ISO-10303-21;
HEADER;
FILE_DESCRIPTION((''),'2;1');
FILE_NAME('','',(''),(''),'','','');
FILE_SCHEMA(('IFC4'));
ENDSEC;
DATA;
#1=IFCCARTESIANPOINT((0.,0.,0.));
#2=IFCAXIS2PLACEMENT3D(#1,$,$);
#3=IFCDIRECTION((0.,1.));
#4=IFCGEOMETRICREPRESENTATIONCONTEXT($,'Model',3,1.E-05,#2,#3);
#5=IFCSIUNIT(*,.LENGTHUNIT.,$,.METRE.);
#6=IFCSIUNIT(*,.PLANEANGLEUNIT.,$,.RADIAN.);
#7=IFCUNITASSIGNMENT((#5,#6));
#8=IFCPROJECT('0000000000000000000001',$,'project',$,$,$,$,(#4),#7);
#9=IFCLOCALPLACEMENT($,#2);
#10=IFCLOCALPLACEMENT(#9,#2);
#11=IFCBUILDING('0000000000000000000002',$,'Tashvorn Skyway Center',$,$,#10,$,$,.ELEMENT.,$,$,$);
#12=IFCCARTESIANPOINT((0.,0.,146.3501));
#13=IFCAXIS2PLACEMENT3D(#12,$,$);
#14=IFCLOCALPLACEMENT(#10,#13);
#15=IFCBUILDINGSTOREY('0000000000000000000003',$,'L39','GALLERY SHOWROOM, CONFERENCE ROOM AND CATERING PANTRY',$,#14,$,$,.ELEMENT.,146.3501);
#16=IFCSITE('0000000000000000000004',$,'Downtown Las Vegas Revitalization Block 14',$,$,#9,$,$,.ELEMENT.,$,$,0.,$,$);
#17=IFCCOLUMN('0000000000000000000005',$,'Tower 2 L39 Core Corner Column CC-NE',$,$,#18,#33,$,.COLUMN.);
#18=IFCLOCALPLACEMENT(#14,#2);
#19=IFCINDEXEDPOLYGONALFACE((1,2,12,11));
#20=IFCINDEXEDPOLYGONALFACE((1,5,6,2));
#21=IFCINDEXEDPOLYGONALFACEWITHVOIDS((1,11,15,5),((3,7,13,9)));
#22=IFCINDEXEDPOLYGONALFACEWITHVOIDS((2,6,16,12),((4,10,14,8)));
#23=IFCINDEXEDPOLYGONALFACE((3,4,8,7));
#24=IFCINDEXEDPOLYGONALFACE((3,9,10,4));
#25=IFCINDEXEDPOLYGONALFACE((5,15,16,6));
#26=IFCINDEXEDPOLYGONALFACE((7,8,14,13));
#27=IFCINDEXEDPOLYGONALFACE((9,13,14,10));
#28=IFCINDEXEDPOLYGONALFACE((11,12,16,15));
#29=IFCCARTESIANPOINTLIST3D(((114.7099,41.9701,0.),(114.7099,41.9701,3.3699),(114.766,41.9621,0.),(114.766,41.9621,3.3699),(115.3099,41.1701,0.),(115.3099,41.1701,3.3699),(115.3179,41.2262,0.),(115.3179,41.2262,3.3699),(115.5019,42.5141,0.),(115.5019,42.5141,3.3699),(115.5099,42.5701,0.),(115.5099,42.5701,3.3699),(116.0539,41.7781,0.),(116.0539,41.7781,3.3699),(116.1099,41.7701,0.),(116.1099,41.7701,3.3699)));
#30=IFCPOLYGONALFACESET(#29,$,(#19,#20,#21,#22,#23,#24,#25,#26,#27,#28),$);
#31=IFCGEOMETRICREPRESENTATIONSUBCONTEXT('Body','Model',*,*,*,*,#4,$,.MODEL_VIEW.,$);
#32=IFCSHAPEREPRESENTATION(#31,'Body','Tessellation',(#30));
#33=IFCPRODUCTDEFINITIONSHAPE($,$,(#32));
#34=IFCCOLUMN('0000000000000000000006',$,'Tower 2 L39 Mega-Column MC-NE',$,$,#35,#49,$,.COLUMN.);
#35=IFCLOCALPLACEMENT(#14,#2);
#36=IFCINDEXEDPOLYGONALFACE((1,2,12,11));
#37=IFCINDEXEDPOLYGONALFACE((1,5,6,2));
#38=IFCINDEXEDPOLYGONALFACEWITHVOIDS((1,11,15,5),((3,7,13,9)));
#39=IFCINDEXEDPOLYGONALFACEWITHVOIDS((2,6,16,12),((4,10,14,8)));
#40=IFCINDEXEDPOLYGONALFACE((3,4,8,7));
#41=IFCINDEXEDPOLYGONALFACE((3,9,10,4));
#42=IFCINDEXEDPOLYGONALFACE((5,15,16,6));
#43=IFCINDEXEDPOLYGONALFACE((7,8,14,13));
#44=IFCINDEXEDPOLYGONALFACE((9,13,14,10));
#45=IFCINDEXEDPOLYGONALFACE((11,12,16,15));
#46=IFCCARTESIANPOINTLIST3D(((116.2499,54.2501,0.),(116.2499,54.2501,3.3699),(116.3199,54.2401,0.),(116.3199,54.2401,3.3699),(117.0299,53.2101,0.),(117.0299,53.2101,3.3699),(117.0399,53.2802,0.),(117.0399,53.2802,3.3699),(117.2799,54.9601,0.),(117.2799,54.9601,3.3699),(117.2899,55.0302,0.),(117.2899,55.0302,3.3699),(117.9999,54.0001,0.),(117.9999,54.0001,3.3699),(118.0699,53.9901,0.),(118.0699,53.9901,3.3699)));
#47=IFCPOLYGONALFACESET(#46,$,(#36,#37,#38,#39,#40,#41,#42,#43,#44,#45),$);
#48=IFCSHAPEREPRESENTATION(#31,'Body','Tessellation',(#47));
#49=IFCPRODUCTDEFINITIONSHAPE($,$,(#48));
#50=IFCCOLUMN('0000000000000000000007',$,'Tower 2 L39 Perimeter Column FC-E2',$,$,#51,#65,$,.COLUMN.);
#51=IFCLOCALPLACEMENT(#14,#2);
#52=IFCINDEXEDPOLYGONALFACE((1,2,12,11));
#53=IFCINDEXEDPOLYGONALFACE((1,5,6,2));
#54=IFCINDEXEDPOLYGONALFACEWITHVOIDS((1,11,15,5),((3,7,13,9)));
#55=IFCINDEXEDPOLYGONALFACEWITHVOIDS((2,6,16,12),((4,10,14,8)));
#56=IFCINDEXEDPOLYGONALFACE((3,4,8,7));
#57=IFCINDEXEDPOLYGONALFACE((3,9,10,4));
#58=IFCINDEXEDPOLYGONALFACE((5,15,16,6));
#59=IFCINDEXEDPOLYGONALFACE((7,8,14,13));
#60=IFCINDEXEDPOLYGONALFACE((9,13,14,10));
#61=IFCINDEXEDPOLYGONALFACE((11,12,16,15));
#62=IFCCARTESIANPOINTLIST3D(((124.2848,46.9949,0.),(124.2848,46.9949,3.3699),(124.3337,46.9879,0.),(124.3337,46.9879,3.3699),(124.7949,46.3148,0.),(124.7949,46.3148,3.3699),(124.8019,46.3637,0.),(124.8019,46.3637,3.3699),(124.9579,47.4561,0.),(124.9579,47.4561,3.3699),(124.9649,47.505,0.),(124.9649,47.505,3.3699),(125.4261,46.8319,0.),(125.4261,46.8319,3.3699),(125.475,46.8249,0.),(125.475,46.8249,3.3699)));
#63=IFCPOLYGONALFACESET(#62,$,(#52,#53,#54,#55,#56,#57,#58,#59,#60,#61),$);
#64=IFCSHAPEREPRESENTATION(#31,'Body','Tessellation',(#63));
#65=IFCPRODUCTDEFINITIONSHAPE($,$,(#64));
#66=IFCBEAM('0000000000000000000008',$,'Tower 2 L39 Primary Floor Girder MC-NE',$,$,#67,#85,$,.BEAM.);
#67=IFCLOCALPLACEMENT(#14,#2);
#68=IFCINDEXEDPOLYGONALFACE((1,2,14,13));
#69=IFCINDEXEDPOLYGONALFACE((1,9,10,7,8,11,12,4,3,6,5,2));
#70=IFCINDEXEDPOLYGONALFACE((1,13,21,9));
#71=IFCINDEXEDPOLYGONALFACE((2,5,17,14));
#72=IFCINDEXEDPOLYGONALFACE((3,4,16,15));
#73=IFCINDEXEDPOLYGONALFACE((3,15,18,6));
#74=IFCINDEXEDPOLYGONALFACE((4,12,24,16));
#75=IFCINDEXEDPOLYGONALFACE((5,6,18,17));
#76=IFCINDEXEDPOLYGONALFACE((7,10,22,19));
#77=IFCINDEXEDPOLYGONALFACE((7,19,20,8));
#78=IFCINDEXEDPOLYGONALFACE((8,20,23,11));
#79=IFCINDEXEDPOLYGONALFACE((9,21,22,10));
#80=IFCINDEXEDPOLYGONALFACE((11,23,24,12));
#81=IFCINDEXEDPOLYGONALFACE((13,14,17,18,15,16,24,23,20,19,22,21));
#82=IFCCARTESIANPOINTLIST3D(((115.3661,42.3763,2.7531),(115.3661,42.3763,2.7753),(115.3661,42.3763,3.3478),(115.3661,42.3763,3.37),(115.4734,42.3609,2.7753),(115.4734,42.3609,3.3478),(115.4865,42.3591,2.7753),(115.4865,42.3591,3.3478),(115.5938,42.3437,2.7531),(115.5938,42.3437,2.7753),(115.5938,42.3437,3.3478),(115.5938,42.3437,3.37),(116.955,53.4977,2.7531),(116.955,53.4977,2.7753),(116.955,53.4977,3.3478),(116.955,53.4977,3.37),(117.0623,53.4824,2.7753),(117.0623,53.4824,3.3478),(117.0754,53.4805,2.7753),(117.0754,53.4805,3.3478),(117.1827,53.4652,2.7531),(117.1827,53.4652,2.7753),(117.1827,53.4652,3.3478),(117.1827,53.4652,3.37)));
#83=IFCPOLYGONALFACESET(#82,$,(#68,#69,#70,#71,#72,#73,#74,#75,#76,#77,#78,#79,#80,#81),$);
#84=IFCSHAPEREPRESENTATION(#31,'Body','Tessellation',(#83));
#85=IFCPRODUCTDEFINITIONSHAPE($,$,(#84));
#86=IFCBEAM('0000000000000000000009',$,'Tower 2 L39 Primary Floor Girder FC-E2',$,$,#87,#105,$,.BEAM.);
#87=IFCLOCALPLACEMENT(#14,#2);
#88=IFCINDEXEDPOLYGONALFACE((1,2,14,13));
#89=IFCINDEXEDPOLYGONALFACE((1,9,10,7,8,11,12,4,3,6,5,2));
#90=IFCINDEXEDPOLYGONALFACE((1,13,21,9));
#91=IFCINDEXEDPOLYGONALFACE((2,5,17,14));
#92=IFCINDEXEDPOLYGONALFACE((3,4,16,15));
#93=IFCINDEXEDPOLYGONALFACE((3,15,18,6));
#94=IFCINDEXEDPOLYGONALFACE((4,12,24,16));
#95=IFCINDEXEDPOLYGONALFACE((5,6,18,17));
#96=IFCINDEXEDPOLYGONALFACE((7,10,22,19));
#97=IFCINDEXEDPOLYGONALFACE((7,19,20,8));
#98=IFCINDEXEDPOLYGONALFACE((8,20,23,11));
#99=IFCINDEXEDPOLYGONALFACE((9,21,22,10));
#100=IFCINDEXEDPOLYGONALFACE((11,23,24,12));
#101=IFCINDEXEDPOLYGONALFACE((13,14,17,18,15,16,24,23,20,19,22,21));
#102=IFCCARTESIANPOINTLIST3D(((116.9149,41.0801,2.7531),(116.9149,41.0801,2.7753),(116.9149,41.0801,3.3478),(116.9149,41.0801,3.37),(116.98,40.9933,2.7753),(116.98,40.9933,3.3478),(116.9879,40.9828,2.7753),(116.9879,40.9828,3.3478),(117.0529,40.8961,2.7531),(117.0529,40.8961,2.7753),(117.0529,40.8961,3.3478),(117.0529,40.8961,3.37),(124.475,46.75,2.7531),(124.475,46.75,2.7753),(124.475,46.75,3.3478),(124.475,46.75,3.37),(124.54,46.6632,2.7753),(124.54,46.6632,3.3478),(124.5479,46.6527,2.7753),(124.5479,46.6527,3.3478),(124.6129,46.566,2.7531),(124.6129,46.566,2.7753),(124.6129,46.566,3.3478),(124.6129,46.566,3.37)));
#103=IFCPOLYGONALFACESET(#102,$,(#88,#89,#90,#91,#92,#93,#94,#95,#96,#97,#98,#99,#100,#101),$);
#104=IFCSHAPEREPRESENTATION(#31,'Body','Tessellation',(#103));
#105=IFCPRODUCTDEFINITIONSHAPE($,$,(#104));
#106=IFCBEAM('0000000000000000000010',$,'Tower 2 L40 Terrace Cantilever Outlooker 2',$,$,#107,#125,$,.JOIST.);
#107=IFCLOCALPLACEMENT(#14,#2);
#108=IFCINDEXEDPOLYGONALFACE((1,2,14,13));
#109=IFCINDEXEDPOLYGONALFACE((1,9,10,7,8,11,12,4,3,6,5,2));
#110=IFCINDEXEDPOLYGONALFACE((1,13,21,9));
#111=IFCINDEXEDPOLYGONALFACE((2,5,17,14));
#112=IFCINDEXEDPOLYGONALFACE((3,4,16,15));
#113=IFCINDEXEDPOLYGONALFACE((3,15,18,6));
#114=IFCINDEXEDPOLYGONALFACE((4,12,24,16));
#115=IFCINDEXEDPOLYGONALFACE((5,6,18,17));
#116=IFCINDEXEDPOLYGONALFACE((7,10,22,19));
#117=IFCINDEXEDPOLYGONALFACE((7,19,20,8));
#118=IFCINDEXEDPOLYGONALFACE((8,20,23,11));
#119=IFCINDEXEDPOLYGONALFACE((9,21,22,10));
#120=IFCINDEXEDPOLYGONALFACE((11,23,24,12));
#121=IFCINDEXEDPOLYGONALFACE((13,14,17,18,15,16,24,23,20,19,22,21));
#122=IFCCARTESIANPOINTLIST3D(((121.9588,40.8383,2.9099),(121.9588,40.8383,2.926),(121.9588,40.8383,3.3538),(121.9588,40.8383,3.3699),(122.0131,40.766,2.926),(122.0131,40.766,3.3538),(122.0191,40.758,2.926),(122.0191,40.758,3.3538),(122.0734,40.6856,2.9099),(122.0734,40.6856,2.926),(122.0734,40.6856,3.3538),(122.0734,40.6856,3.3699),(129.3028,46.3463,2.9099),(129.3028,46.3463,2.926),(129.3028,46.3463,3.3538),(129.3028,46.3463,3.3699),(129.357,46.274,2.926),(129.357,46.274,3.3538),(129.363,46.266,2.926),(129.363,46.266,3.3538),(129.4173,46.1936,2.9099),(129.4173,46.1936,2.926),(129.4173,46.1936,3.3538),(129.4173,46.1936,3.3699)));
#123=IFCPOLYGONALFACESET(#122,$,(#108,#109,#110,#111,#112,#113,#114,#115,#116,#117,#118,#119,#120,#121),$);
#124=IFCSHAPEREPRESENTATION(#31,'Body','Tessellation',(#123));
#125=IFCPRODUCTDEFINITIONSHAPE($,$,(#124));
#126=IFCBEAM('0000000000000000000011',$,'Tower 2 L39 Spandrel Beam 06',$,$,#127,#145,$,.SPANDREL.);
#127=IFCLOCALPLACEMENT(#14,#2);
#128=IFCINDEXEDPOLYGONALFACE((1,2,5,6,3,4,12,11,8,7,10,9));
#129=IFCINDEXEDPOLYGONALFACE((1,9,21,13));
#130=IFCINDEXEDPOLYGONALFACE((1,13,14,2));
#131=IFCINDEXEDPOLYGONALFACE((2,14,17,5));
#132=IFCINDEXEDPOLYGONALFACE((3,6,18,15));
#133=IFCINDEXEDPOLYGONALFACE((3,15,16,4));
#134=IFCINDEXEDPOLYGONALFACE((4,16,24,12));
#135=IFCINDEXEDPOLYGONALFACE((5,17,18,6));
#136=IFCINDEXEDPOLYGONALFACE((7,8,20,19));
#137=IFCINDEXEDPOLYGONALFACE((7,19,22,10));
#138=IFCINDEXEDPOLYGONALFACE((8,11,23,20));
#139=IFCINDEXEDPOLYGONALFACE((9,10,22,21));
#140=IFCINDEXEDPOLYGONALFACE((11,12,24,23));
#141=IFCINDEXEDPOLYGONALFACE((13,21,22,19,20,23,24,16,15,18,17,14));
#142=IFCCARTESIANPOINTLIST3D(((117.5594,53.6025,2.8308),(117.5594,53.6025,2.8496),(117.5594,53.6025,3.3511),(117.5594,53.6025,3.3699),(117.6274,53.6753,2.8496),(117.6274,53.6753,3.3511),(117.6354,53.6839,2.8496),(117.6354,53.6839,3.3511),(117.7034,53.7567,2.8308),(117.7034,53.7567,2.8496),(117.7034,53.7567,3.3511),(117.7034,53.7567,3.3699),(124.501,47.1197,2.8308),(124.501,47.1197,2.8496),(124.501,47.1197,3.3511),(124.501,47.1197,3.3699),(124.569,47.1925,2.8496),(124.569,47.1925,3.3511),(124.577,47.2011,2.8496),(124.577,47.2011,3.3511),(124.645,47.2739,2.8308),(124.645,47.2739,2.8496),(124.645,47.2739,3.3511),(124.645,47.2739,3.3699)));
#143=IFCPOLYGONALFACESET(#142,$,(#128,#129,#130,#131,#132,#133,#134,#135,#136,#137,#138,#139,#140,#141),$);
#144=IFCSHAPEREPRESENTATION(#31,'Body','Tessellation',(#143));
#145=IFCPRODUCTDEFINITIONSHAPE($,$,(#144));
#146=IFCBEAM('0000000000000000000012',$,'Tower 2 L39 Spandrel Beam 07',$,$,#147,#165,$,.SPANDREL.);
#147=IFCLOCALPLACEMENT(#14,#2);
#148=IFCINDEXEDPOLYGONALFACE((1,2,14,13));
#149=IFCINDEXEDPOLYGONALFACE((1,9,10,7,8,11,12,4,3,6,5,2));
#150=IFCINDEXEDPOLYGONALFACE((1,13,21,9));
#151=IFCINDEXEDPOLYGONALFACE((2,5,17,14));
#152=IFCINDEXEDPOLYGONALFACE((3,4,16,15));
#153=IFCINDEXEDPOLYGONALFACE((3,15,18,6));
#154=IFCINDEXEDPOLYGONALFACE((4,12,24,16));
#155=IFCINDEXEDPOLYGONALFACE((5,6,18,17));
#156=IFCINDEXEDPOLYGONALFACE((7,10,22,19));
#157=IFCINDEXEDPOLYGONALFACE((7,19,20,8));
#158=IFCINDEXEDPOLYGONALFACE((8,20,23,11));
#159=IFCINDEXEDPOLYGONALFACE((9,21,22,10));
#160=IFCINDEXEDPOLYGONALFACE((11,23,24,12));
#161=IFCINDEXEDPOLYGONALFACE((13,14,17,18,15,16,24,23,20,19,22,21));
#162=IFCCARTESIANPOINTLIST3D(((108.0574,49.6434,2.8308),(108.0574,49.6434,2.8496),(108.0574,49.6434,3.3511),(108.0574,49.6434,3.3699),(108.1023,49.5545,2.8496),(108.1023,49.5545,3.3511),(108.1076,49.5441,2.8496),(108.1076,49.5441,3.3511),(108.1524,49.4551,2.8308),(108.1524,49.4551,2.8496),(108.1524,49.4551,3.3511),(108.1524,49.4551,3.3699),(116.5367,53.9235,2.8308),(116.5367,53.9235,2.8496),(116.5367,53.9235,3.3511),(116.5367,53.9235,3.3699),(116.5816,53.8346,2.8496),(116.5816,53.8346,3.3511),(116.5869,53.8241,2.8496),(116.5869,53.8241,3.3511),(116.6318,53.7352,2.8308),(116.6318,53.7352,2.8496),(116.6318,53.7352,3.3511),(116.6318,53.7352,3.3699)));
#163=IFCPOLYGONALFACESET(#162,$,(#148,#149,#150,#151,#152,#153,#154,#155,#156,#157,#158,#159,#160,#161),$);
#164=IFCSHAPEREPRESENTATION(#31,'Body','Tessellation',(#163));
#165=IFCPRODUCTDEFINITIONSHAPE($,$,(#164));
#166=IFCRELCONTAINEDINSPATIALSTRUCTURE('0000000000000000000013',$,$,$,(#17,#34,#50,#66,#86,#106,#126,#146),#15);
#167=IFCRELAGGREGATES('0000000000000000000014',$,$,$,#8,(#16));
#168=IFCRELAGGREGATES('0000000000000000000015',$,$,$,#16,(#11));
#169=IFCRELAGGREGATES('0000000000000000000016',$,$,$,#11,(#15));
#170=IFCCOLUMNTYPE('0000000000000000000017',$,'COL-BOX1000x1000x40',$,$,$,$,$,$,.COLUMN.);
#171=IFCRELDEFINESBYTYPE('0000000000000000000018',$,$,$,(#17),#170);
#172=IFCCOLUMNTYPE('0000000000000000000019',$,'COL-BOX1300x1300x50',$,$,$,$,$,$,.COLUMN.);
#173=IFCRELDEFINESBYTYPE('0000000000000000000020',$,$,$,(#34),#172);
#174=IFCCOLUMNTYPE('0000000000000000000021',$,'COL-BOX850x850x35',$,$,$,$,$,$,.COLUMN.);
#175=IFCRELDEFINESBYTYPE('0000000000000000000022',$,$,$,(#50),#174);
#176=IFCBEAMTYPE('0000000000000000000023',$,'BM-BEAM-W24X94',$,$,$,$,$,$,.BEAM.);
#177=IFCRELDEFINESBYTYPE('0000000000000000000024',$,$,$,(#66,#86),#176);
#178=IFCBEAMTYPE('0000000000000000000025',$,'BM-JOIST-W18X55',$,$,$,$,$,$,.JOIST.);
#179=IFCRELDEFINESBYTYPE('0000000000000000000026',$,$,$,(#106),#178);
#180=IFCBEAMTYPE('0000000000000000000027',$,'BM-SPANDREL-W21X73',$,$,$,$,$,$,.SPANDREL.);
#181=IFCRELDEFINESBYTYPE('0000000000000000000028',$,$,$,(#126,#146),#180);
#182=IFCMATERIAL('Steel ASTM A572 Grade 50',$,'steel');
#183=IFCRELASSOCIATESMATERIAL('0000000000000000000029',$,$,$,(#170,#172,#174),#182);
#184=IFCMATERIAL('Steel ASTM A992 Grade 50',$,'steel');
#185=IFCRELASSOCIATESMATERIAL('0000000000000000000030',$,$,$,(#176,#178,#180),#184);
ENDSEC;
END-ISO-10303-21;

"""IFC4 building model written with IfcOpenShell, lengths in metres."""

from ifc_helpers import new_model, si_unit, direction, frame, origin, origin_2d, place, context, subcontext, project, spatial, hollow_rectangle, i_section, extrude, material, material_profile, profile_set, type_object, element, save


model = new_model("IFC4")

# Units and contexts
model_context = context("Model", 3, precision=1e-05, world=origin(), true_north=direction((0.0, 1.0)))
body_context = subcontext(model_context, "Body", "Model", "MODEL_VIEW")
ifc_project = project(units=[si_unit("LENGTHUNIT", "METRE"), si_unit("PLANEANGLEUNIT", "RADIAN")], contexts=[model_context])

# Site, building, storey
site_placement = place(None, origin())
site = spatial("IfcSite", under=ifc_project, at=site_placement, Name="Downtown Las Vegas Revitalization Block 14", CompositionType="ELEMENT", RefElevation=0.0)
building_placement = place(site_placement, origin())
building = spatial("IfcBuilding", under=site, at=building_placement, Name="Tashvorn Skyway Center", CompositionType="ELEMENT")
storey_placement = place(building_placement, frame((0.0, 0.0, 146.3501)))
storey = spatial("IfcBuildingStorey", under=building, at=storey_placement, Name="L39", Description="GALLERY SHOWROOM, CONFERENCE ROOM AND CATERING PANTRY", CompositionType="ELEMENT", Elevation=146.3501)

# Columns
ifc_material_1 = material(Name="Steel ASTM A572 Grade 50", Category="steel")
ifc_material_profile_1 = material_profile(ifc_material_1, hollow_rectangle(XDim=1.0, YDim=1.0, WallThickness=0.04, at=origin_2d()), Name="BOX1000x1000x40")
ifc_profile_set_1 = profile_set([ifc_material_profile_1], Name="Steel ASTM A572 Grade 50")
column_type_1 = type_object("IfcColumnType", Name="COL-BOX1000x1000x40", PredefinedType="COLUMN", material=ifc_profile_set_1)
column_1_placement = place(storey_placement, frame((115.4099, 41.8701, 0.0), z_axis=(0.0, 0.0, 1.0), x_axis=(0.8, 0.6, 0.0)))
element("IfcColumn", 1, at=column_1_placement, inside=storey, type_object=column_type_1, Name="Tower 2 L39 Core Corner Column CC-NE", PredefinedType="COLUMN", context=body_context, shape_type="SweptSolid", body=[
    extrude(hollow_rectangle(XDim=1.0, YDim=1.0, WallThickness=0.04, at=origin_2d()), origin(), (0.0, 0.0, 1.0), 3.3699),
])
ifc_material_profile_2 = material_profile(ifc_material_1, hollow_rectangle(XDim=1.3, YDim=1.3, WallThickness=0.05, at=origin_2d()), Name="BOX1300x1300x50")
ifc_profile_set_2 = profile_set([ifc_material_profile_2], Name="Steel ASTM A572 Grade 50")
column_type_2 = type_object("IfcColumnType", Name="COL-BOX1300x1300x50", PredefinedType="COLUMN", material=ifc_profile_set_2)
column_2_placement = place(storey_placement, frame((117.1599, 54.1201, 0.0), z_axis=(0.0, 0.0, 1.0), x_axis=(0.8, 0.6, 0.0)))
element("IfcColumn", 2, at=column_2_placement, inside=storey, type_object=column_type_2, Name="Tower 2 L39 Mega-Column MC-NE", PredefinedType="COLUMN", context=body_context, shape_type="SweptSolid", body=[
    extrude(hollow_rectangle(XDim=1.3, YDim=1.3, WallThickness=0.05, at=origin_2d()), origin(), (0.0, 0.0, 1.0), 3.3699),
])
ifc_material_profile_3 = material_profile(ifc_material_1, hollow_rectangle(XDim=0.8501, YDim=0.8501, WallThickness=0.0349, at=origin_2d()), Name="BOX850x850x35")
ifc_profile_set_3 = profile_set([ifc_material_profile_3], Name="Steel ASTM A572 Grade 50")
column_type_3 = type_object("IfcColumnType", Name="COL-BOX850x850x35", PredefinedType="COLUMN", material=ifc_profile_set_3)
column_3_placement = place(storey_placement, frame((124.8799, 46.9099, 0.0), z_axis=(0.0, 0.0, 1.0), x_axis=(0.8, 0.6, 0.0)))
element("IfcColumn", 3, at=column_3_placement, inside=storey, type_object=column_type_3, Name="Tower 2 L39 Perimeter Column FC-E2", PredefinedType="COLUMN", context=body_context, shape_type="SweptSolid", body=[
    extrude(hollow_rectangle(XDim=0.8501, YDim=0.8501, WallThickness=0.0349, at=origin_2d()), origin(), (0.0, 0.0, 1.0), 3.3699),
])

# Beams
ifc_material_2 = material(Name="Steel ASTM A992 Grade 50", Category="steel")
ifc_material_profile_4 = material_profile(ifc_material_2, i_section(OverallWidth=0.23, OverallDepth=0.6169, WebThickness=0.0132, FlangeThickness=0.0222, at=origin_2d()), Name="W24X94")
ifc_profile_set_4 = profile_set([ifc_material_profile_4], Name="Steel ASTM A992 Grade 50")
beam_type_1 = type_object("IfcBeamType", Name="BM-BEAM-W24X94", PredefinedType="BEAM", material=ifc_profile_set_4)
beam_1_placement = place(storey_placement, frame((117.0688, 53.4814, 3.0615), z_axis=(-0.14143, -0.989948, 0.0), x_axis=(0.989948, -0.14143, 0.0)))
element("IfcBeam", 4, at=beam_1_placement, inside=storey, type_object=beam_type_1, Name="Tower 2 L39 Primary Floor Girder MC-NE", PredefinedType="BEAM", context=body_context, shape_type="SweptSolid", body=[
    extrude(i_section(OverallWidth=0.23, OverallDepth=0.6169, WebThickness=0.0132, FlangeThickness=0.0222, at=origin_2d()), origin(), (0.0, 0.0, 1.0), 11.2344),
])
beam_2_placement = place(storey_placement, frame((124.5439, 46.658, 3.0615), z_axis=(-0.800006, -0.599992, 0.0), x_axis=(0.599992, -0.800006, 0.0)))
element("IfcBeam", 5, at=beam_2_placement, inside=storey, type_object=beam_type_1, Name="Tower 2 L39 Primary Floor Girder FC-E2", PredefinedType="BEAM", context=body_context, shape_type="SweptSolid", body=[
    extrude(i_section(OverallWidth=0.23, OverallDepth=0.6169, WebThickness=0.0132, FlangeThickness=0.0222, at=origin_2d()), origin(), (0.0, 0.0, 1.0), 9.45),
])
ifc_material_profile_5 = material_profile(ifc_material_2, i_section(OverallWidth=0.1909, OverallDepth=0.46, WebThickness=0.01, FlangeThickness=0.0161, at=origin_2d()), Name="W18X55")
ifc_profile_set_5 = profile_set([ifc_material_profile_5], Name="Steel ASTM A992 Grade 50")
beam_type_2 = type_object("IfcBeamType", Name="BM-JOIST-W18X55", PredefinedType="JOIST", material=ifc_profile_set_5)
beam_3_placement = place(storey_placement, frame((122.0161, 40.762, 3.1399), z_axis=(0.799997, 0.600004, 0.0), x_axis=(-0.600004, 0.799997, 0.0)))
element("IfcBeam", 6, at=beam_3_placement, inside=storey, type_object=beam_type_2, Name="Tower 2 L40 Terrace Cantilever Outlooker 2", PredefinedType="JOIST", context=body_context, shape_type="SweptSolid", body=[
    extrude(i_section(OverallWidth=0.1909, OverallDepth=0.46, WebThickness=0.01, FlangeThickness=0.0161, at=origin_2d()), origin(), (0.0, 0.0, 1.0), 9.1799),
])
ifc_material_profile_6 = material_profile(ifc_material_2, i_section(OverallWidth=0.2109, OverallDepth=0.5391, WebThickness=0.0117, FlangeThickness=0.0188, at=origin_2d()), Name="W21X73")
ifc_profile_set_6 = profile_set([ifc_material_profile_6], Name="Steel ASTM A992 Grade 50")
beam_type_3 = type_object("IfcBeamType", Name="BM-SPANDREL-W21X73", PredefinedType="SPANDREL", material=ifc_profile_set_6)
beam_4_placement = place(storey_placement, frame((124.573, 47.1968, 3.1003), z_axis=(-0.730843, 0.682545, 0.0), x_axis=(-0.682545, -0.730843, 0.0)))
element("IfcBeam", 7, at=beam_4_placement, inside=storey, type_object=beam_type_3, Name="Tower 2 L39 Spandrel Beam 06", PredefinedType="SPANDREL", context=body_context, shape_type="SweptSolid", body=[
    extrude(i_section(OverallWidth=0.2109, OverallDepth=0.5391, WebThickness=0.0117, FlangeThickness=0.0188, at=origin_2d()), origin(), (0.0, 0.0, 1.0), 9.498),
])
beam_5_placement = place(storey_placement, frame((116.5842, 53.8293, 3.1003), z_axis=(-0.892719, -0.450614, 0.0), x_axis=(0.450614, -0.892719, 0.0)))
element("IfcBeam", 8, at=beam_5_placement, inside=storey, type_object=beam_type_3, Name="Tower 2 L39 Spandrel Beam 07", PredefinedType="SPANDREL", context=body_context, shape_type="SweptSolid", body=[
    extrude(i_section(OverallWidth=0.2109, OverallDepth=0.5391, WebThickness=0.0117, FlangeThickness=0.0188, at=origin_2d()), origin(), (0.0, 0.0, 1.0), 9.4983),
])

save(model, "model.ifc")
